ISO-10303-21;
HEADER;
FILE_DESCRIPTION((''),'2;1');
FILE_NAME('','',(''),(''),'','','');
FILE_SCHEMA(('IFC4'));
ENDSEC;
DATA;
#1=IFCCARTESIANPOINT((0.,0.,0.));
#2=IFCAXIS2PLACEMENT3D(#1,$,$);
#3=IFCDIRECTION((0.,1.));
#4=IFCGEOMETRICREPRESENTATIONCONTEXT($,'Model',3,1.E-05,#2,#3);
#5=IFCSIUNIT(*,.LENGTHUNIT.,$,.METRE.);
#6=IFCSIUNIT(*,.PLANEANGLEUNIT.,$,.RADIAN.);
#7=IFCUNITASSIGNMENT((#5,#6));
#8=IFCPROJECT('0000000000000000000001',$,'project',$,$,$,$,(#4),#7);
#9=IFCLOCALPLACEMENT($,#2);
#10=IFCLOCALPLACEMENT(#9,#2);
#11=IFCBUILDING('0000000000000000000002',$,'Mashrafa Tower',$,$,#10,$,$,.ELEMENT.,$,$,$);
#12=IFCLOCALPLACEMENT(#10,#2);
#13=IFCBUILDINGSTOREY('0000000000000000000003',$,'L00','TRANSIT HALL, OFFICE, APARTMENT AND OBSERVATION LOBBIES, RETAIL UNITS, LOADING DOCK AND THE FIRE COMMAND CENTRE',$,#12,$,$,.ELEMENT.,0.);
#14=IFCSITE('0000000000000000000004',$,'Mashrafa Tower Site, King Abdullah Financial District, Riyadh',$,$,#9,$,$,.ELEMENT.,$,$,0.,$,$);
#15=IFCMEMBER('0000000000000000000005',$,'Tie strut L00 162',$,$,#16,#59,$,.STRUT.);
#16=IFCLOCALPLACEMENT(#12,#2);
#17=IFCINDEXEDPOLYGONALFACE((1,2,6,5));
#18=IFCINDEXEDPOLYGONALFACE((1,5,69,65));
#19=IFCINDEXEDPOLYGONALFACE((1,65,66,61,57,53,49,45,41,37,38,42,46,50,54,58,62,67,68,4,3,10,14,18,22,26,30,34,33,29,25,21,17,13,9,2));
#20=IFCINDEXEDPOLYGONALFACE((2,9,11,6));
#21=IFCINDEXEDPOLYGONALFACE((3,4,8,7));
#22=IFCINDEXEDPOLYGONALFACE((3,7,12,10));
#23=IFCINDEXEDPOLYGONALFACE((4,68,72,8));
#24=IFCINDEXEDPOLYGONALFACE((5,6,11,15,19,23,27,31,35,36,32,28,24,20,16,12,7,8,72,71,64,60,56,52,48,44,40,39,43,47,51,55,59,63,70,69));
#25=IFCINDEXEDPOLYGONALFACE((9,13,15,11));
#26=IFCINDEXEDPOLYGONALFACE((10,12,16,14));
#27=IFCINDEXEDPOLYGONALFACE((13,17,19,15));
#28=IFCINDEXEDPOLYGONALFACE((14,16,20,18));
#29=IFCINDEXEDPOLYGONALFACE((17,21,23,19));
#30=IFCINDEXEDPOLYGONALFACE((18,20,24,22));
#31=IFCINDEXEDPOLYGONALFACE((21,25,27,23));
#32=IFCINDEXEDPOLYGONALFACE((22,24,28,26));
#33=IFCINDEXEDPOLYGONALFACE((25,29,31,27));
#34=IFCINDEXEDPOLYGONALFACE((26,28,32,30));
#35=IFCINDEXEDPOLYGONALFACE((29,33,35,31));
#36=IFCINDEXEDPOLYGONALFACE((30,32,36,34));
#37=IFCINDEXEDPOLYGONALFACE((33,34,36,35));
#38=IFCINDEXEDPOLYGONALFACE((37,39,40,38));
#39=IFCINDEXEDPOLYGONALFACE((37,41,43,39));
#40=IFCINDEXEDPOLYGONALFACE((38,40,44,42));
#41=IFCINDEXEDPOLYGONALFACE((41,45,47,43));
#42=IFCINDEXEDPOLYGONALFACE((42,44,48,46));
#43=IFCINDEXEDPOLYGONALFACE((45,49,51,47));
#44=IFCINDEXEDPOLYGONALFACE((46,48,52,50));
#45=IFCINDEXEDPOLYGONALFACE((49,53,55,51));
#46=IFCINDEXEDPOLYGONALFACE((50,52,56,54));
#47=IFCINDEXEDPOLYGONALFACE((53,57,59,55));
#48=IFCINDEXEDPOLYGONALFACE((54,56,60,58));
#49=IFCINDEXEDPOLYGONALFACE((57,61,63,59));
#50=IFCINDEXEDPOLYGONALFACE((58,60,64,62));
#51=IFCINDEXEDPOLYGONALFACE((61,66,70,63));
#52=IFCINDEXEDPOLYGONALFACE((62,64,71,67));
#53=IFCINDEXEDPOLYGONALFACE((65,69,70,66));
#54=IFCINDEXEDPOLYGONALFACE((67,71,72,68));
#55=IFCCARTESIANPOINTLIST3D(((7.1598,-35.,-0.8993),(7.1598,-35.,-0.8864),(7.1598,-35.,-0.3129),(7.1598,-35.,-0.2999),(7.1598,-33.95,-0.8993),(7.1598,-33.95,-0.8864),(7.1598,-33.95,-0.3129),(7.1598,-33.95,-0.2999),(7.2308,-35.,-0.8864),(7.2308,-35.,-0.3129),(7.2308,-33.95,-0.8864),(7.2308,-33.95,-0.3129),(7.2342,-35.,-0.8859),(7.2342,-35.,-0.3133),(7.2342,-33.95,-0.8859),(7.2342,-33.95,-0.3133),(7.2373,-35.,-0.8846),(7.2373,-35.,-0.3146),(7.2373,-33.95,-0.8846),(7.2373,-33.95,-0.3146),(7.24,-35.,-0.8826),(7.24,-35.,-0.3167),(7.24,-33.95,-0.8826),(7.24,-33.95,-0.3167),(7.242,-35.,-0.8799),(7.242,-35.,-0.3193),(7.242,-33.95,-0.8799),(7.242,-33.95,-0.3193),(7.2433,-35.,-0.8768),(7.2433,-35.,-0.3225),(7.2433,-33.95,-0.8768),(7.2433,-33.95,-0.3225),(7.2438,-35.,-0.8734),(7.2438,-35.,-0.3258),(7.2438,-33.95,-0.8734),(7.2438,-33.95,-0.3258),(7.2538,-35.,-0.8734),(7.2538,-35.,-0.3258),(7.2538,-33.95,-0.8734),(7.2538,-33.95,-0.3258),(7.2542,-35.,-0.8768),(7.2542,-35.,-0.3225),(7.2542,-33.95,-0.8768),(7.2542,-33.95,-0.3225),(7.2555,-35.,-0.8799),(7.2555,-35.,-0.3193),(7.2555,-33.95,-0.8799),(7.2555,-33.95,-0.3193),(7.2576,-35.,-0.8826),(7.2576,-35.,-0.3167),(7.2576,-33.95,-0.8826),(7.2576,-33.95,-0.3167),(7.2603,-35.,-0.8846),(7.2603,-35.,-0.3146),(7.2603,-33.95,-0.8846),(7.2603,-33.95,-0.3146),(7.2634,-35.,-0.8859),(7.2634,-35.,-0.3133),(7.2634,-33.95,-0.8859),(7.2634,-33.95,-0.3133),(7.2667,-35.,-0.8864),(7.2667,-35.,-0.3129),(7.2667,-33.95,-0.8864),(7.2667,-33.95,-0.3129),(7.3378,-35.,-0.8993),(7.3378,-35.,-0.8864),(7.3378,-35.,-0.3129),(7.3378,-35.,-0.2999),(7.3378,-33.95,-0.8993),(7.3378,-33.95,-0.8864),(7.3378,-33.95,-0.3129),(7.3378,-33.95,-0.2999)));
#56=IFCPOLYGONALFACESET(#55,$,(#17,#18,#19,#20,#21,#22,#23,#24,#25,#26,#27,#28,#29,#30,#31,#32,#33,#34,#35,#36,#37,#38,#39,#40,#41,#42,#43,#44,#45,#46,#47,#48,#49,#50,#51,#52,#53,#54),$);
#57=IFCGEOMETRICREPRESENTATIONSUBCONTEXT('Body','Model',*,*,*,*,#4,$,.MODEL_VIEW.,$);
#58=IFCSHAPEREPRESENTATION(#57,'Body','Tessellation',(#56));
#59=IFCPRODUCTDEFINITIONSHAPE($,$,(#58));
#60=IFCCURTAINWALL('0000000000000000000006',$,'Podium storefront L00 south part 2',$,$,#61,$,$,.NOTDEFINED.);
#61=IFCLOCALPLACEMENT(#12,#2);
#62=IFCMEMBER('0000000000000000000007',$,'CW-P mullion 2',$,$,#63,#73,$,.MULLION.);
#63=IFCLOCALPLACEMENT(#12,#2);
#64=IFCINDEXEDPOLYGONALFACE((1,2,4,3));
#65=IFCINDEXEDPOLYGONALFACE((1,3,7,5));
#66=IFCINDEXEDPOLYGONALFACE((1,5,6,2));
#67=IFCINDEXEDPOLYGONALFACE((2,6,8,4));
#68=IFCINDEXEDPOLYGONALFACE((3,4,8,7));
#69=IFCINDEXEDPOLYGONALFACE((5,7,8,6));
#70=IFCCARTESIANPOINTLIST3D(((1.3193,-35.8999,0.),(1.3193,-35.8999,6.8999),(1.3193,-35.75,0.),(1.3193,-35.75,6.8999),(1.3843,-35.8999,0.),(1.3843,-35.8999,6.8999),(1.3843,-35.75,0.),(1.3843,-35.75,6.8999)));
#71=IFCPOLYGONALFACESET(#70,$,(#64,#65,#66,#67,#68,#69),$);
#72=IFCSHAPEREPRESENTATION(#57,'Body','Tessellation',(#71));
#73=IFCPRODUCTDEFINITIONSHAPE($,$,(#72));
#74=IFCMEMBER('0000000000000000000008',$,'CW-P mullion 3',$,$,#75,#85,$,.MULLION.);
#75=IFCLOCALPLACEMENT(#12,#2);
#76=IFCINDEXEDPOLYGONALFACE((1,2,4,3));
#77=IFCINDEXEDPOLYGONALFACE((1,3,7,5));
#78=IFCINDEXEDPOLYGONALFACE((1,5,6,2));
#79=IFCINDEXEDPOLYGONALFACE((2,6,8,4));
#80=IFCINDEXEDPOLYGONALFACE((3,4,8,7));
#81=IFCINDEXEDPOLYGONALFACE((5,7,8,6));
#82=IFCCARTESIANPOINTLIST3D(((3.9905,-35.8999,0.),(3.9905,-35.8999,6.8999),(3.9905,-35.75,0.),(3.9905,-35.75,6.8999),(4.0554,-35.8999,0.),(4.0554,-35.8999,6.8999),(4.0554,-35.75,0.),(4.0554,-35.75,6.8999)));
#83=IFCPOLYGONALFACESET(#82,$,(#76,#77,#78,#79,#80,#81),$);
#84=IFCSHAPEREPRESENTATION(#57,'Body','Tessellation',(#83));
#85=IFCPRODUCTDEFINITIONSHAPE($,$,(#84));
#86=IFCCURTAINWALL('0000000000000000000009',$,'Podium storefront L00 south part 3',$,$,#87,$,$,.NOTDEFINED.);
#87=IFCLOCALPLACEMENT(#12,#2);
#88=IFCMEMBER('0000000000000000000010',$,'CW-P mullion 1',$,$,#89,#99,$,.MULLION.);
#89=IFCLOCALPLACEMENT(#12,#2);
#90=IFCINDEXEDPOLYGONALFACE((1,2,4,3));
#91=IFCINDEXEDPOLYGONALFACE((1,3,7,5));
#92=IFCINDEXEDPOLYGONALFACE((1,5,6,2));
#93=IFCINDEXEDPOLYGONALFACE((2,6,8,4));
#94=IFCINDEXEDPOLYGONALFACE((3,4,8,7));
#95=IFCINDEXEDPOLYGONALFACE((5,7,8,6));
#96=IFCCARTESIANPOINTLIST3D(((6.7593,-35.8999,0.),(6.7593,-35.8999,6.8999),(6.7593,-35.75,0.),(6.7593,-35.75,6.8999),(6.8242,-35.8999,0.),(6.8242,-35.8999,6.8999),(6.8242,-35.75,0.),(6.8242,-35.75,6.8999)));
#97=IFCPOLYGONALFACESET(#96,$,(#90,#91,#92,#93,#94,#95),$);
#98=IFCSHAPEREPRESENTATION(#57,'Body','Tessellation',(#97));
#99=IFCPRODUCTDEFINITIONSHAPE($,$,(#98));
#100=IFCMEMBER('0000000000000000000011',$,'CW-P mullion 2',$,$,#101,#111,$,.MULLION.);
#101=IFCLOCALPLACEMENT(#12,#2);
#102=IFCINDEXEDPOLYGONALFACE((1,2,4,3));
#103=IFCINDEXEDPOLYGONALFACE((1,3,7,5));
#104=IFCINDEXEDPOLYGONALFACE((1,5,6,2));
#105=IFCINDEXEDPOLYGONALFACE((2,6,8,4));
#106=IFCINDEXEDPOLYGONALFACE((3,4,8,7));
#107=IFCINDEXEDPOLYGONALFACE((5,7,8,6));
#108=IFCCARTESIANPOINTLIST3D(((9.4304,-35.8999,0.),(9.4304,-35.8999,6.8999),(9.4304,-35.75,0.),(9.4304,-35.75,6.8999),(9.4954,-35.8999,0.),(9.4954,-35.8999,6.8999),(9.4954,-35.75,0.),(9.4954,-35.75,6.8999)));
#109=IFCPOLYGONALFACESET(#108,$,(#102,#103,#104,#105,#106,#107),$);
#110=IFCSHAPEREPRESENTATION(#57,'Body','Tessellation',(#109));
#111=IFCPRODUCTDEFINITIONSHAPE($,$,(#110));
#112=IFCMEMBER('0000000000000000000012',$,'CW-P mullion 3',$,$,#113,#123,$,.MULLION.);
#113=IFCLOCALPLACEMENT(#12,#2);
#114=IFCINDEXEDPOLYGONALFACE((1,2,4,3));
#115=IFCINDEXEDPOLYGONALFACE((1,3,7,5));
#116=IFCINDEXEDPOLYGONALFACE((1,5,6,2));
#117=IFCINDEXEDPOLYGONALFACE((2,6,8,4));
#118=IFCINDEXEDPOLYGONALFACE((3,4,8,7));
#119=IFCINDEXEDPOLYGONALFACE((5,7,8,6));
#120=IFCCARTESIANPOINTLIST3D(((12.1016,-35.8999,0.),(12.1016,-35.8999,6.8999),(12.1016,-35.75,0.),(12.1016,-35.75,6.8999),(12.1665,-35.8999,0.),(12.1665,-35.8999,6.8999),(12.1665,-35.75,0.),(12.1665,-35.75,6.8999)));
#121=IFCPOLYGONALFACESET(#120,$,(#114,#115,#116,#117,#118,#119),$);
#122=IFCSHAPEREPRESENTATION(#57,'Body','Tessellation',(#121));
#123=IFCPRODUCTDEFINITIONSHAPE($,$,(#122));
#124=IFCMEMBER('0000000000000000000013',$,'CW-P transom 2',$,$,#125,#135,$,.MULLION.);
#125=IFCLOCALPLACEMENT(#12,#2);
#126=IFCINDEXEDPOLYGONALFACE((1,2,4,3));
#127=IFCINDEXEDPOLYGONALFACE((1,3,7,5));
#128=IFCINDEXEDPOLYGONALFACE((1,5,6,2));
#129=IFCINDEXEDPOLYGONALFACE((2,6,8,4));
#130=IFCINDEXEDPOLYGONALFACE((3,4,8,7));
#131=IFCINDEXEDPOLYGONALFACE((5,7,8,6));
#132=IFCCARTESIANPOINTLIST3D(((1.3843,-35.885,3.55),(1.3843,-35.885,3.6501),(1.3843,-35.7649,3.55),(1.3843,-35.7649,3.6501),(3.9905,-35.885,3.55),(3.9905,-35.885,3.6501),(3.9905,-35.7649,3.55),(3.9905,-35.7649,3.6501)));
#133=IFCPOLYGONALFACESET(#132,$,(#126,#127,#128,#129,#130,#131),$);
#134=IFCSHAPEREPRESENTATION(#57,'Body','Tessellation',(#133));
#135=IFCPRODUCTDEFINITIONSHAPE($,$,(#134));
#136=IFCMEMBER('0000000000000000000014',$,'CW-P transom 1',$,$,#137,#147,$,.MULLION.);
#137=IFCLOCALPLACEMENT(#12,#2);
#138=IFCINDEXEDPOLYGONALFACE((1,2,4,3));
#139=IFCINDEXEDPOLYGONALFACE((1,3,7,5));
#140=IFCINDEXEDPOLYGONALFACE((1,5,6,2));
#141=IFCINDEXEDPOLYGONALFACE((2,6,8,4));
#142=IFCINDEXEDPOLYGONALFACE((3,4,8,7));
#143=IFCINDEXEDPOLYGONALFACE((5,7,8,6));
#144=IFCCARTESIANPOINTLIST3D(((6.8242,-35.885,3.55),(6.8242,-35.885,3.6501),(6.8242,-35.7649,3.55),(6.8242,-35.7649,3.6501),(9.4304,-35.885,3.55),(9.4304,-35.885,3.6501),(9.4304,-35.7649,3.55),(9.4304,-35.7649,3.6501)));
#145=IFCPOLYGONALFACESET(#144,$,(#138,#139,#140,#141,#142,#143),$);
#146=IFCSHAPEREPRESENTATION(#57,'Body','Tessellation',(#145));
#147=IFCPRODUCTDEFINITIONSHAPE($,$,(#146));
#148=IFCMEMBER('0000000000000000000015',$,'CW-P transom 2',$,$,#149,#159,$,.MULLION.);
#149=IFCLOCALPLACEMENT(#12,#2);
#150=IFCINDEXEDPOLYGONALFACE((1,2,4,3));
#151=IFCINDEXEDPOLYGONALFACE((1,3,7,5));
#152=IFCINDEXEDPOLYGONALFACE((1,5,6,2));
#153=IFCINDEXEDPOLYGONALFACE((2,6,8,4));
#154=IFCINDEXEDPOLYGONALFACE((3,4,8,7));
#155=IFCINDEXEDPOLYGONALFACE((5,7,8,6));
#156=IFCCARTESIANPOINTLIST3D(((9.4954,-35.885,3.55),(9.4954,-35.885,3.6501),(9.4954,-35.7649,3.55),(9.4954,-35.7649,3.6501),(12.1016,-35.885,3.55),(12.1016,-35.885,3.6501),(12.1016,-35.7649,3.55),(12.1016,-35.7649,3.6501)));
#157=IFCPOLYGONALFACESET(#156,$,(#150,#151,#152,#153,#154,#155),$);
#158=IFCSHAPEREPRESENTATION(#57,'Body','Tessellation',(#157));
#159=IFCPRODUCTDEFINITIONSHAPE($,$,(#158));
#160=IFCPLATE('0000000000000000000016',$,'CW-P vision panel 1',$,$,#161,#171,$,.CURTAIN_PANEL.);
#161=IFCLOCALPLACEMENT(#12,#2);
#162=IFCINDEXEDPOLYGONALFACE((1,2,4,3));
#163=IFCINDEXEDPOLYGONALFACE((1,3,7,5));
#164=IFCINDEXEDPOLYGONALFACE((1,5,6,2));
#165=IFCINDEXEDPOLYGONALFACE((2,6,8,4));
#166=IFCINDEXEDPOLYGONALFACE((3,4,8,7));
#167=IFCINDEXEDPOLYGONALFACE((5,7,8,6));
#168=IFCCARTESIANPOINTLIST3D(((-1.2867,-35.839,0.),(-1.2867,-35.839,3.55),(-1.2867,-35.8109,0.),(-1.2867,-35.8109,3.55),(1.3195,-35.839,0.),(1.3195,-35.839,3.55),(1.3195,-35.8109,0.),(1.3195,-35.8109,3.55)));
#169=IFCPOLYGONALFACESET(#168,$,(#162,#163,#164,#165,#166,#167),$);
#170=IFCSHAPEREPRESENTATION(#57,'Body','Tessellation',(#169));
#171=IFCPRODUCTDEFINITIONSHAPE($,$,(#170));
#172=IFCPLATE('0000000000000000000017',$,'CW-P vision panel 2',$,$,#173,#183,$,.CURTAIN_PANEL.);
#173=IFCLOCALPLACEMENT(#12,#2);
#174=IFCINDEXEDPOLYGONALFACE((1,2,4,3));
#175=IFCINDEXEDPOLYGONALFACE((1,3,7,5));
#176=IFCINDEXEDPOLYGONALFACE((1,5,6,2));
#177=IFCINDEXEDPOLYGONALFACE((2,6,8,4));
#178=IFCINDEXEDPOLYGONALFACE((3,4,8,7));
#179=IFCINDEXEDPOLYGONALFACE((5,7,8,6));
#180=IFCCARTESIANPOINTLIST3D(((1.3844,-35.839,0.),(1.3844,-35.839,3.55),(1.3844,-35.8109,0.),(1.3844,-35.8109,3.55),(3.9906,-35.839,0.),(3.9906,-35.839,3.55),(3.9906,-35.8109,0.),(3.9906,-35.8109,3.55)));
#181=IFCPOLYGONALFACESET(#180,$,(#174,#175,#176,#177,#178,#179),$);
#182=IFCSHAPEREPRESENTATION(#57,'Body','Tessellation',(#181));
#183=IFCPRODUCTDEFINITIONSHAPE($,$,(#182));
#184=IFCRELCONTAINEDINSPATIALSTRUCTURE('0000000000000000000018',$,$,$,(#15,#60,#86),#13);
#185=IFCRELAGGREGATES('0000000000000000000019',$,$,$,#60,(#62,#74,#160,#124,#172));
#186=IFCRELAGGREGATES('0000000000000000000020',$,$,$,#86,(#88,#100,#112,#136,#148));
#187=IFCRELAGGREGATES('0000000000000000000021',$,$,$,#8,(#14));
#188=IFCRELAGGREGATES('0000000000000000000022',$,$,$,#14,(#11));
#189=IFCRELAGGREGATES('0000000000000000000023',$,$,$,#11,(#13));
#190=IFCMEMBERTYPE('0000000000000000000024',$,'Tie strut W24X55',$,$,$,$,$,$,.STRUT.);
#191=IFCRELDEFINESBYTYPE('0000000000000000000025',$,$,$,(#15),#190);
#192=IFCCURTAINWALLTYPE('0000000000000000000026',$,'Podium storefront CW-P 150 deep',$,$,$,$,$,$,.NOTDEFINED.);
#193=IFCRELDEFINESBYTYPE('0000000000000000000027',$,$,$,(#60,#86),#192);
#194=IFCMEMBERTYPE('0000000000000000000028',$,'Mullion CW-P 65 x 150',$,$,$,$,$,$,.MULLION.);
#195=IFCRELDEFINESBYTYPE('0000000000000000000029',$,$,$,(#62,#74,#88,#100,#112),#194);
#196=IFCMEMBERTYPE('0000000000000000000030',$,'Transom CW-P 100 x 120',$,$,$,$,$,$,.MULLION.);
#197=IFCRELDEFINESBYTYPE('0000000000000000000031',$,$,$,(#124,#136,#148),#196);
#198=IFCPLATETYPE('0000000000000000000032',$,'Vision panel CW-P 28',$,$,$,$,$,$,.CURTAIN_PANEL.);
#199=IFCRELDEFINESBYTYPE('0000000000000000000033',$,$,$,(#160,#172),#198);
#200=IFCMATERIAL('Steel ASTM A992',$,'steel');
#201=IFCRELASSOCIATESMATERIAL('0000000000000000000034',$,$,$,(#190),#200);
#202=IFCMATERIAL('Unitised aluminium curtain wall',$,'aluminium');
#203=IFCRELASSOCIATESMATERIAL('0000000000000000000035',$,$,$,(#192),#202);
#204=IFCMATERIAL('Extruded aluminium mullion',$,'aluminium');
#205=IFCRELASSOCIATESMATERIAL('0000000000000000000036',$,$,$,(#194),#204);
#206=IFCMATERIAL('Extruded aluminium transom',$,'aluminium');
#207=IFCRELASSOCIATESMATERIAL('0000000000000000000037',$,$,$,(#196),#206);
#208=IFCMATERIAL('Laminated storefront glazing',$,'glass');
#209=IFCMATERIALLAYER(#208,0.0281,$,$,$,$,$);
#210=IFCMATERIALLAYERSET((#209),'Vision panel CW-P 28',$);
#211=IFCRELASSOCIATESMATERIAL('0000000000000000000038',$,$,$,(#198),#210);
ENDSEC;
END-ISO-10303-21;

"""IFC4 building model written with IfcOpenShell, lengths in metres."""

from ifc_helpers import new_model, si_unit, direction, frame, origin, origin_2d, place, context, subcontext, project, spatial, rectangle, i_section, extrude, source, transform, mapped, material, layer, layer_set, material_profile, profile_set, type_object, type_shapes, element, aggregate, save


model = new_model("IFC4")

# Units and contexts
model_context = context("Model", 3, precision=1e-05, world=origin(), true_north=direction((0.0, 1.0)))
body_context = subcontext(model_context, "Body", "Model", "MODEL_VIEW")
ifc_project = project(units=[si_unit("LENGTHUNIT", "METRE"), si_unit("PLANEANGLEUNIT", "RADIAN")], contexts=[model_context])

# Site, building, storey
site_placement = place(None, origin())
site = spatial("IfcSite", under=ifc_project, at=site_placement, Name="Mashrafa Tower Site, King Abdullah Financial District, Riyadh", CompositionType="ELEMENT", RefElevation=0.0)
building_placement = place(site_placement, origin())
building = spatial("IfcBuilding", under=site, at=building_placement, Name="Mashrafa Tower", CompositionType="ELEMENT")
storey_placement = place(building_placement, origin())
storey = spatial("IfcBuildingStorey", under=building, at=storey_placement, Name="L00", Description="TRANSIT HALL, OFFICE, APARTMENT AND OBSERVATION LOBBIES, RETAIL UNITS, LOADING DOCK AND THE FIRE COMMAND CENTRE", CompositionType="ELEMENT", Elevation=0.0)

# Member
ifc_material_1 = material(Name="Steel ASTM A992", Category="steel")
ifc_material_profile_1 = material_profile(ifc_material_1, i_section(OverallWidth=0.178, OverallDepth=0.5994, WebThickness=0.01, FlangeThickness=0.0129, FilletRadius=0.0129, at=origin_2d()), Name="W24X55")
ifc_profile_set_1 = profile_set([ifc_material_profile_1], Name="Steel ASTM A992")
member_type_1 = type_object("IfcMemberType", Name="Tie strut W24X55", PredefinedType="STRUT", material=ifc_profile_set_1)
shared_shape_1 = source(origin(), body_context, "Body", "SweptSolid", [
    extrude(i_section(OverallWidth=0.178, OverallDepth=0.5994, WebThickness=0.01, FlangeThickness=0.0129, FilletRadius=0.0129, at=origin_2d()), origin(), (0.0, 0.0, 1.0), 1.05),
])
type_shapes(member_type_1, [shared_shape_1])
member_1_placement = place(storey_placement, frame((7.2488, -33.95, -0.5996), z_axis=(0.0, -1.0, 0.0), x_axis=(1.0, 0.0, 0.0)))
element("IfcMember", 1, at=member_1_placement, inside=storey, type_object=member_type_1, Name="Tie strut L00 162", PredefinedType="STRUT", context=body_context, shape_type="MappedRepresentation", body=[
    mapped(shared_shape_1, transform((0.0, 0.0, 0.0))),
])

# Curtain walls, members
ifc_material_2 = material(Name="Unitised aluminium curtain wall", Category="aluminium")
curtain_wall_type = type_object("IfcCurtainWallType", Name="Podium storefront CW-P 150 deep", PredefinedType="NOTDEFINED", material=ifc_material_2)
curtain_wall_1_placement = place(storey_placement, origin())
curtain_wall_1 = element("IfcCurtainWall", 2, at=curtain_wall_1_placement, inside=storey, type_object=curtain_wall_type, Name="Podium storefront L00 south part 2", PredefinedType="NOTDEFINED")
ifc_material_3 = material(Name="Extruded aluminium mullion", Category="aluminium")
ifc_material_profile_2 = material_profile(ifc_material_3, rectangle(XDim=0.1499, YDim=0.0649, at=origin_2d()), Name="Mullion 65x150")
ifc_profile_set_2 = profile_set([ifc_material_profile_2], Name="Extruded aluminium mullion")
member_type_2 = type_object("IfcMemberType", Name="Mullion CW-P 65 x 150", PredefinedType="MULLION", material=ifc_profile_set_2)
shared_shape_2 = source(origin(), body_context, "Body", "SweptSolid", [
    extrude(rectangle(XDim=0.1499, YDim=0.0649, at=origin_2d()), origin(), (0.0, 0.0, 1.0), 6.8999),
])
type_shapes(member_type_2, [shared_shape_2])
member_2_placement = place(storey_placement, frame((1.3518, -35.825, 0.0), z_axis=(0.0, 0.0, 1.0), x_axis=(0.0, 1.0, 0.0)))
member_2 = element("IfcMember", 3, at=member_2_placement, type_object=member_type_2, Name="CW-P mullion 2", PredefinedType="MULLION", context=body_context, shape_type="MappedRepresentation", body=[
    mapped(shared_shape_2, transform((0.0, 0.0, 0.0))),
])
member_3_placement = place(storey_placement, frame((4.0229, -35.825, 0.0), z_axis=(0.0, 0.0, 1.0), x_axis=(0.0, 1.0, 0.0)))
member_3 = element("IfcMember", 4, at=member_3_placement, type_object=member_type_2, Name="CW-P mullion 3", PredefinedType="MULLION", context=body_context, shape_type="MappedRepresentation", body=[
    mapped(shared_shape_2, transform((0.0, 0.0, 0.0))),
])
curtain_wall_2_placement = place(storey_placement, origin())
curtain_wall_2 = element("IfcCurtainWall", 5, at=curtain_wall_2_placement, inside=storey, type_object=curtain_wall_type, Name="Podium storefront L00 south part 3", PredefinedType="NOTDEFINED")
member_4_placement = place(storey_placement, frame((6.7917, -35.825, 0.0), z_axis=(0.0, 0.0, 1.0), x_axis=(0.0, 1.0, 0.0)))
member_4 = element("IfcMember", 6, at=member_4_placement, type_object=member_type_2, Name="CW-P mullion 1", PredefinedType="MULLION", context=body_context, shape_type="MappedRepresentation", body=[
    mapped(shared_shape_2, transform((0.0, 0.0, 0.0))),
])
member_5_placement = place(storey_placement, frame((9.4629, -35.825, 0.0), z_axis=(0.0, 0.0, 1.0), x_axis=(0.0, 1.0, 0.0)))
member_5 = element("IfcMember", 7, at=member_5_placement, type_object=member_type_2, Name="CW-P mullion 2", PredefinedType="MULLION", context=body_context, shape_type="MappedRepresentation", body=[
    mapped(shared_shape_2, transform((0.0, 0.0, 0.0))),
])
member_6_placement = place(storey_placement, frame((12.134, -35.825, 0.0), z_axis=(0.0, 0.0, 1.0), x_axis=(0.0, 1.0, 0.0)))
member_6 = element("IfcMember", 8, at=member_6_placement, type_object=member_type_2, Name="CW-P mullion 3", PredefinedType="MULLION", context=body_context, shape_type="MappedRepresentation", body=[
    mapped(shared_shape_2, transform((0.0, 0.0, 0.0))),
])

# Members
ifc_material_4 = material(Name="Extruded aluminium transom", Category="aluminium")
ifc_material_profile_3 = material_profile(ifc_material_4, rectangle(XDim=0.1201, YDim=0.1001, at=origin_2d()), Name="Transom 100x120")
ifc_profile_set_3 = profile_set([ifc_material_profile_3], Name="Extruded aluminium transom")
member_type_3 = type_object("IfcMemberType", Name="Transom CW-P 100 x 120", PredefinedType="MULLION", material=ifc_profile_set_3)
shared_shape_3 = source(origin(), body_context, "Body", "SweptSolid", [
    extrude(rectangle(XDim=0.1201, YDim=0.1001, at=origin_2d()), origin(), (0.0, 0.0, 1.0), 2.6062),
])
type_shapes(member_type_3, [shared_shape_3])
member_7_placement = place(storey_placement, frame((1.3843, -35.825, 3.6001), z_axis=(1.0, 0.0, 0.0), x_axis=(0.0, 1.0, 0.0)))
member_7 = element("IfcMember", 9, at=member_7_placement, type_object=member_type_3, Name="CW-P transom 2", PredefinedType="MULLION", context=body_context, shape_type="MappedRepresentation", body=[
    mapped(shared_shape_3, transform((0.0, 0.0, 0.0))),
])
member_8_placement = place(storey_placement, frame((6.8242, -35.825, 3.6001), z_axis=(1.0, 0.0, 0.0), x_axis=(0.0, 1.0, 0.0)))
member_8 = element("IfcMember", 10, at=member_8_placement, type_object=member_type_3, Name="CW-P transom 1", PredefinedType="MULLION", context=body_context, shape_type="MappedRepresentation", body=[
    mapped(shared_shape_3, transform((0.0, 0.0, 0.0))),
])
member_9_placement = place(storey_placement, frame((9.4954, -35.825, 3.6001), z_axis=(1.0, 0.0, 0.0), x_axis=(0.0, 1.0, 0.0)))
member_9 = element("IfcMember", 11, at=member_9_placement, type_object=member_type_3, Name="CW-P transom 2", PredefinedType="MULLION", context=body_context, shape_type="MappedRepresentation", body=[
    mapped(shared_shape_3, transform((0.0, 0.0, 0.0))),
])

# Plates
ifc_material_5 = material(Name="Laminated storefront glazing", Category="glass")
ifc_layer_1 = layer(ifc_material_5, 0.0281)
ifc_layer_set_1 = layer_set([ifc_layer_1], Name="Vision panel CW-P 28")
plate_type_1 = type_object("IfcPlateType", Name="Vision panel CW-P 28", PredefinedType="CURTAIN_PANEL", material=ifc_layer_set_1)
shared_shape_4 = source(origin(), body_context, "Body", "SweptSolid", [
    extrude(rectangle(XDim=2.6062, YDim=0.0281, at=origin_2d()), origin(), (0.0, 0.0, 1.0), 3.55),
])
type_shapes(plate_type_1, [shared_shape_4])
plate_1_placement = place(storey_placement, frame((0.0164, -35.825, 0.0), z_axis=(0.0, 0.0, 1.0), x_axis=(1.0, 0.0, 0.0)))
plate_1 = element("IfcPlate", 12, at=plate_1_placement, type_object=plate_type_1, Name="CW-P vision panel 1", PredefinedType="CURTAIN_PANEL", context=body_context, shape_type="MappedRepresentation", body=[
    mapped(shared_shape_4, transform((0.0, 0.0, 0.0))),
])
plate_2_placement = place(storey_placement, frame((2.6875, -35.825, 0.0), z_axis=(0.0, 0.0, 1.0), x_axis=(1.0, 0.0, 0.0)))
plate_2 = element("IfcPlate", 13, at=plate_2_placement, type_object=plate_type_1, Name="CW-P vision panel 2", PredefinedType="CURTAIN_PANEL", context=body_context, shape_type="MappedRepresentation", body=[
    mapped(shared_shape_4, transform((0.0, 0.0, 0.0))),
])
aggregate(curtain_wall_1, [member_2, member_3, plate_1, member_7, plate_2])
aggregate(curtain_wall_2, [member_4, member_5, member_6, member_8, member_9])

save(model, "model.ifc")
